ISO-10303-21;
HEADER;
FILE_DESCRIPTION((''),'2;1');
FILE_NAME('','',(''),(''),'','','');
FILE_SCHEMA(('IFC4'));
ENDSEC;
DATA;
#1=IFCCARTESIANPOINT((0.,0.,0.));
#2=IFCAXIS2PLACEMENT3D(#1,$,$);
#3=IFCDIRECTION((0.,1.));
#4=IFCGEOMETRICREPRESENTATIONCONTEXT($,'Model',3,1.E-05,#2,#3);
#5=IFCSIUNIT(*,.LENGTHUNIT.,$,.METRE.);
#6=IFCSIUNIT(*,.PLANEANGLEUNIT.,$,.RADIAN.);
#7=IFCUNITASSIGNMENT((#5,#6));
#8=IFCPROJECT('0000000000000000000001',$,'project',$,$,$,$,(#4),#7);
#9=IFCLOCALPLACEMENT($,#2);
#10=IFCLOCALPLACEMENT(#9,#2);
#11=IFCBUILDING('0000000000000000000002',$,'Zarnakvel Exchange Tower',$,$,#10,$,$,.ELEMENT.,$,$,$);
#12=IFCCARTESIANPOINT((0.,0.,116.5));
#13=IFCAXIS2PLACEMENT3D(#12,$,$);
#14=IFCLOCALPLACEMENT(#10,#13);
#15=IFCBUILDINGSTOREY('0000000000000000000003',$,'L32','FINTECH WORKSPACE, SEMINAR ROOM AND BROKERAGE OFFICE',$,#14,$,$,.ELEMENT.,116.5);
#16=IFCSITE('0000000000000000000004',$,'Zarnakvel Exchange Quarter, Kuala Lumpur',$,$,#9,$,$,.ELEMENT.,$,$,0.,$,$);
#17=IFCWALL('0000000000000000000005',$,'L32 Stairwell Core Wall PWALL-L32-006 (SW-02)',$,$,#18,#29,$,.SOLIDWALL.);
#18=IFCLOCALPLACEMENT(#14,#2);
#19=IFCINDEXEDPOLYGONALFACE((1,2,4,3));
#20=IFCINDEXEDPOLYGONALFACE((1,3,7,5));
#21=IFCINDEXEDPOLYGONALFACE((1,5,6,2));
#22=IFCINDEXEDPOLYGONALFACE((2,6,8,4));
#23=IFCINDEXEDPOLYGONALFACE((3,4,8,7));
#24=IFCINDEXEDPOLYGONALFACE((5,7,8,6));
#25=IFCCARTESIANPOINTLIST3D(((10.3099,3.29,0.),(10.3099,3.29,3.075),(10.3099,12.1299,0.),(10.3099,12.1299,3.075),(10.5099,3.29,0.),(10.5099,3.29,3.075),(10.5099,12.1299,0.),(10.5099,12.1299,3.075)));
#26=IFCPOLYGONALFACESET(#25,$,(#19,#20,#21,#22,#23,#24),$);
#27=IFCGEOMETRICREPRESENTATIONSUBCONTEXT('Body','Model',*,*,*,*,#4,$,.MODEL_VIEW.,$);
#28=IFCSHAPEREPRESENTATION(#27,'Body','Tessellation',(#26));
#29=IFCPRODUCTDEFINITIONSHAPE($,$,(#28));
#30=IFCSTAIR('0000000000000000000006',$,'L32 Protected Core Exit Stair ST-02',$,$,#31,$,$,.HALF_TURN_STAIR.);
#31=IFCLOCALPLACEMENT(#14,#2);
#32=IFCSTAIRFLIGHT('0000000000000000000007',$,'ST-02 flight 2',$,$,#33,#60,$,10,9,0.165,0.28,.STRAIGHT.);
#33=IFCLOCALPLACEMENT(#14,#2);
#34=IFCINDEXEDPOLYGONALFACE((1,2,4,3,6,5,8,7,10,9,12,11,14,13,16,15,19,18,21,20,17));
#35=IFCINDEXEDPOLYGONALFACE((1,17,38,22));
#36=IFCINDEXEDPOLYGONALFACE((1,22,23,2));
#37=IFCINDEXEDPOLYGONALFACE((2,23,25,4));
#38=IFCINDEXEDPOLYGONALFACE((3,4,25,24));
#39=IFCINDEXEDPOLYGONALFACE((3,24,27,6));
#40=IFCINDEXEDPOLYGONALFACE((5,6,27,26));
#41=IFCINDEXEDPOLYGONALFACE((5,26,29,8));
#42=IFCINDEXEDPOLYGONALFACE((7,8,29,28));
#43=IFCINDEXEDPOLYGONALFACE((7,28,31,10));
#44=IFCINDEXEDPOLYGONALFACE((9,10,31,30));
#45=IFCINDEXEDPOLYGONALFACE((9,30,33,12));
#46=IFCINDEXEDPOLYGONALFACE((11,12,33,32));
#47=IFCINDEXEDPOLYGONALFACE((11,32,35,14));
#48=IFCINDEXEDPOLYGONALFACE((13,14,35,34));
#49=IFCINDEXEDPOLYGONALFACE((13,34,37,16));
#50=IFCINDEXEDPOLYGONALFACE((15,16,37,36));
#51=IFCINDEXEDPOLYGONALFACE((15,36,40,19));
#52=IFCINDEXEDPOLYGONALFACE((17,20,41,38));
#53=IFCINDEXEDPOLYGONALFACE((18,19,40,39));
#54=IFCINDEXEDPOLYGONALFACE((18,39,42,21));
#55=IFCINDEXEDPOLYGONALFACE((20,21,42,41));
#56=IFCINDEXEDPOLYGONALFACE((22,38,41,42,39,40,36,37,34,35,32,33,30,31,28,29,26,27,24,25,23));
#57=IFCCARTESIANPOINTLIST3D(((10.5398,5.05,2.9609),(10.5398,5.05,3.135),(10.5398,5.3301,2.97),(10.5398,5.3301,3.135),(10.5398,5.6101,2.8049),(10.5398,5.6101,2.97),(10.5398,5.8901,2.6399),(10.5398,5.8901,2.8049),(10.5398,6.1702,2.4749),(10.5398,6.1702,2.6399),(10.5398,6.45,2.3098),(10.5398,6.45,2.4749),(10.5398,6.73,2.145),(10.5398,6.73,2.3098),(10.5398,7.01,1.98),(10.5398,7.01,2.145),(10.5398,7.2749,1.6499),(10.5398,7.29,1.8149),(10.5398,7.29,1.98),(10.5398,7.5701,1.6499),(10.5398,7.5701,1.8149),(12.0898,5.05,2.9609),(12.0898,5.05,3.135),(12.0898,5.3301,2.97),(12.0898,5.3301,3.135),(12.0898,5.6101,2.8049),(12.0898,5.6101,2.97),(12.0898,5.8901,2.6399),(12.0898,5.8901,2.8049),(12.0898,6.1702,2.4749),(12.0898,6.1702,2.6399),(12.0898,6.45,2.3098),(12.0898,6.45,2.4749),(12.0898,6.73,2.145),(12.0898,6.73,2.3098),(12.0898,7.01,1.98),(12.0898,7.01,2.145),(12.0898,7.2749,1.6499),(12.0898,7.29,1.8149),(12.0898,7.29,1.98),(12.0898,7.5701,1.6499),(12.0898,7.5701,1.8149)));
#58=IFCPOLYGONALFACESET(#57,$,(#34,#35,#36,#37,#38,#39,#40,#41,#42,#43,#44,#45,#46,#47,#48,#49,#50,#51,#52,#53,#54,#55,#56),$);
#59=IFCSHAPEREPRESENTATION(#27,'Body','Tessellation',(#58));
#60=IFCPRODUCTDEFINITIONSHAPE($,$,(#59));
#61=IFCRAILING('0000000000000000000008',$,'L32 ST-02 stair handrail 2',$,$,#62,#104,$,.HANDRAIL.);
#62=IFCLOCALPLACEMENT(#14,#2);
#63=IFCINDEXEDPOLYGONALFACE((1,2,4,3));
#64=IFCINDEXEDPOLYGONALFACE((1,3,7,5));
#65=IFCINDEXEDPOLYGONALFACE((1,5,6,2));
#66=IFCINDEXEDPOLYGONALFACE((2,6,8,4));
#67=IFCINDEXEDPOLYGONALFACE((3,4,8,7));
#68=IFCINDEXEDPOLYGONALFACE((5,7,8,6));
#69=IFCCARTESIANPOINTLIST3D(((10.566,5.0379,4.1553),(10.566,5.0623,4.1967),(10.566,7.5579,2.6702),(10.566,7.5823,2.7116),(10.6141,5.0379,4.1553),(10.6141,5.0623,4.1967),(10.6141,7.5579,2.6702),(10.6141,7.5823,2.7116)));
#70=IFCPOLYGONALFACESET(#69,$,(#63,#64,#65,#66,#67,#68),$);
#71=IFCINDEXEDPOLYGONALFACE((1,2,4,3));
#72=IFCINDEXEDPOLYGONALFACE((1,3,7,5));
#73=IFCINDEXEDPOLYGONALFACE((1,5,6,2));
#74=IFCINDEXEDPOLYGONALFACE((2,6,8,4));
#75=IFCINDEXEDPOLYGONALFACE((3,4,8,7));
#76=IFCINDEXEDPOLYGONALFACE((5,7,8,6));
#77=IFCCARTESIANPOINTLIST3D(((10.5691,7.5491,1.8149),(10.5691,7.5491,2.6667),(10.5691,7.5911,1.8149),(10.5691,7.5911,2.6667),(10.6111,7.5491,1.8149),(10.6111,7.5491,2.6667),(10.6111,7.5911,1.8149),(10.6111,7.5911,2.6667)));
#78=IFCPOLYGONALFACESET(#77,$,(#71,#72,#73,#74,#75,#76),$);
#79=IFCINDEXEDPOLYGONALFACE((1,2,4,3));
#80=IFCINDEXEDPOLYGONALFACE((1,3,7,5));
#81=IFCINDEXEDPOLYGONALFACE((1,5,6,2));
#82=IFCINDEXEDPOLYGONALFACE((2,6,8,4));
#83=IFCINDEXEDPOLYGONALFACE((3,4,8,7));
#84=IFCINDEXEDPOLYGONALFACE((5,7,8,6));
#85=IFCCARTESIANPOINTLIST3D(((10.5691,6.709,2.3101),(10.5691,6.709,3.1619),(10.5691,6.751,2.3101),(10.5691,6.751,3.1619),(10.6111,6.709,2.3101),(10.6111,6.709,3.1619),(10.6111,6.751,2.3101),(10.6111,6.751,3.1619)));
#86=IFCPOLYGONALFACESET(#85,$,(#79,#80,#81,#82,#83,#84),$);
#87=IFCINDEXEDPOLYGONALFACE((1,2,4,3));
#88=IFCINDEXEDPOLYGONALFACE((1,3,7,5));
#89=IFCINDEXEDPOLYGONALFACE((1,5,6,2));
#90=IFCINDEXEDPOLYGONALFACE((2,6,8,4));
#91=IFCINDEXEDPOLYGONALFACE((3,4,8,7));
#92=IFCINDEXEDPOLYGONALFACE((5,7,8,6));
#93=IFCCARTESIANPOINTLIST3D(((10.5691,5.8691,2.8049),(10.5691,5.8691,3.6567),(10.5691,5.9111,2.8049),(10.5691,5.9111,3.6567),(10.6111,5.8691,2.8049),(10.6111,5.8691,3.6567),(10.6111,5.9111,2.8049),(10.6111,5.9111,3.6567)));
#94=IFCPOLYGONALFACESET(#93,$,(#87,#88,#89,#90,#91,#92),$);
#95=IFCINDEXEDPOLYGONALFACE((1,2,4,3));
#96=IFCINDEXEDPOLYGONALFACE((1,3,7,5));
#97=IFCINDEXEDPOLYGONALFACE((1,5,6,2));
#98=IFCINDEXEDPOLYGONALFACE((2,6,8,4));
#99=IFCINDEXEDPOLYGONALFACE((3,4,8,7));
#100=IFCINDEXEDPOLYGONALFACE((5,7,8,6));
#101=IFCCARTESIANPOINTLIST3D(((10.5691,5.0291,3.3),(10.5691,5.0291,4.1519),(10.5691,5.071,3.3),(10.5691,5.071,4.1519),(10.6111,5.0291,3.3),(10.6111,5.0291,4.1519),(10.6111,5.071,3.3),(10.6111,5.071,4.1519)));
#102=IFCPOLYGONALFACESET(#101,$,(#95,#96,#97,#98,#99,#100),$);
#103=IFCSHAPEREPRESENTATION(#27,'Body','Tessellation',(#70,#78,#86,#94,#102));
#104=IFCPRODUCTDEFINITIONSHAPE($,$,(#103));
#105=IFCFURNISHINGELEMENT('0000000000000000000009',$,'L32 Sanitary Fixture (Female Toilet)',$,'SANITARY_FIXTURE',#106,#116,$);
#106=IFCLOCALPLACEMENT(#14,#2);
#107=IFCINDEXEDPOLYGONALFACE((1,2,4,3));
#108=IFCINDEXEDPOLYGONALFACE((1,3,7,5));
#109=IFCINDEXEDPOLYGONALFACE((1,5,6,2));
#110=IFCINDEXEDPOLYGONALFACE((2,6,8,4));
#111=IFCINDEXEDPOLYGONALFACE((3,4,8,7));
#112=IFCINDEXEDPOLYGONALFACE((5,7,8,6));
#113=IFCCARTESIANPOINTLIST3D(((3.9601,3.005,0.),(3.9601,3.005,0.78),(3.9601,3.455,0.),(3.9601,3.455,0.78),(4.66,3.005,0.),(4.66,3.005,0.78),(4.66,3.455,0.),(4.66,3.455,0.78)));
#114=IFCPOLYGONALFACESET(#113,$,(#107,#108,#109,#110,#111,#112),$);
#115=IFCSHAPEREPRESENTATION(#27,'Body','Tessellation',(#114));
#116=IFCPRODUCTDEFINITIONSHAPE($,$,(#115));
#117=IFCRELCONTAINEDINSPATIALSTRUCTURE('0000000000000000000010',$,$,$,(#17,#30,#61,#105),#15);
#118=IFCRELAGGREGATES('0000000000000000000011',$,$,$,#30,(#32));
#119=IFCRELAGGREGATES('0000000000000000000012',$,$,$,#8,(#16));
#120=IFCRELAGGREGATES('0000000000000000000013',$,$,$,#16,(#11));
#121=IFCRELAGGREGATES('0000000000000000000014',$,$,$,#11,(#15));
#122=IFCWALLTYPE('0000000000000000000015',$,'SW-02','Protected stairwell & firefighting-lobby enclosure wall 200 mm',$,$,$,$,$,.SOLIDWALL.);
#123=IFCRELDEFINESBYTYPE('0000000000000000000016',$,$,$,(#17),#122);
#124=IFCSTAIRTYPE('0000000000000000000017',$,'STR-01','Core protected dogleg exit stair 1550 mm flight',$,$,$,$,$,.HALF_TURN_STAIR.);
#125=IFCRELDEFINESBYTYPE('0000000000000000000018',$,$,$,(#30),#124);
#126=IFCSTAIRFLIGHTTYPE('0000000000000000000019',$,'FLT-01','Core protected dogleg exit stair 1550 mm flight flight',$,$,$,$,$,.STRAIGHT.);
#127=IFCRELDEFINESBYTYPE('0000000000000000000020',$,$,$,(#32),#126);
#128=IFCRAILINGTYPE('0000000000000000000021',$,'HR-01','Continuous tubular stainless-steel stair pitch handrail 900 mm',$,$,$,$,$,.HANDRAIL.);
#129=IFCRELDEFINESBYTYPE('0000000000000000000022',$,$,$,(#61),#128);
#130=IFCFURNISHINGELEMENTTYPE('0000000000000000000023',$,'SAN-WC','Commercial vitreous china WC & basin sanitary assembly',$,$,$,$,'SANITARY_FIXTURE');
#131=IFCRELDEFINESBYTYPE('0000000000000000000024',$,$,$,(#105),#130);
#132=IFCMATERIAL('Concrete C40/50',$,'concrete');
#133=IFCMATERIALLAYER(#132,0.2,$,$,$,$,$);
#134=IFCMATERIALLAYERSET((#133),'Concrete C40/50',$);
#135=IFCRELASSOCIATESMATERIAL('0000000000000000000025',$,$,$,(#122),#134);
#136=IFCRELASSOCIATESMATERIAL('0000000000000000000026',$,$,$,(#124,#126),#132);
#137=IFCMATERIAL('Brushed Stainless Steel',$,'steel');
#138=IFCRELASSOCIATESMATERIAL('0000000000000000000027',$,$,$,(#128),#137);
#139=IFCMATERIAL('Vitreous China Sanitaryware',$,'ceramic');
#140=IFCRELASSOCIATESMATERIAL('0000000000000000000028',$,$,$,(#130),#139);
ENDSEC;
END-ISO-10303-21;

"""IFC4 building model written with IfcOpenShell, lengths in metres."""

from ifc_helpers import new_model, si_unit, direction, frame, frame_2d, origin, origin_2d, place, context, subcontext, project, spatial, polyline, rectangle, outline, extrude, source, transform, mapped, material, layer, layer_set, type_object, element, aggregate, save


model = new_model("IFC4")

# Units and contexts
model_context = context("Model", 3, precision=1e-05, world=origin(), true_north=direction((0.0, 1.0)))
body_context = subcontext(model_context, "Body", "Model", "MODEL_VIEW")
ifc_project = project(units=[si_unit("LENGTHUNIT", "METRE"), si_unit("PLANEANGLEUNIT", "RADIAN")], contexts=[model_context])

# Site, building, storey
site_placement = place(None, origin())
site = spatial("IfcSite", under=ifc_project, at=site_placement, Name="Zarnakvel Exchange Quarter, Kuala Lumpur", CompositionType="ELEMENT", RefElevation=0.0)
building_placement = place(site_placement, origin())
building = spatial("IfcBuilding", under=site, at=building_placement, Name="Zarnakvel Exchange Tower", CompositionType="ELEMENT")
storey_placement = place(building_placement, frame((0.0, 0.0, 116.5)))
storey = spatial("IfcBuildingStorey", under=building, at=storey_placement, Name="L32", Description="FINTECH WORKSPACE, SEMINAR ROOM AND BROKERAGE OFFICE", CompositionType="ELEMENT", Elevation=116.5)

# Shared definitions
ifc_material_1 = material(Name="Concrete C40/50", Category="concrete")
ifc_material_2 = material(Name="Brushed Stainless Steel", Category="steel")

# Wall
ifc_layer_1 = layer(ifc_material_1, 0.2)
ifc_layer_set_1 = layer_set([ifc_layer_1], Name="Concrete C40/50")
wall_type_1 = type_object("IfcWallType", Name="SW-02", Description="Protected stairwell & firefighting-lobby enclosure wall 200 mm", PredefinedType="SOLIDWALL", material=ifc_layer_set_1)
wall_1_placement = place(storey_placement, frame((10.4099, 3.29, 0.0), z_axis=(0.0, 0.0, 1.0), x_axis=(0.0, 1.0, 0.0)))
element("IfcWall", 1, at=wall_1_placement, inside=storey, type_object=wall_type_1, Name="L32 Stairwell Core Wall PWALL-L32-006 (SW-02)", PredefinedType="SOLIDWALL", context=body_context, shape_type="SweptSolid", body=[
    extrude(rectangle(XDim=8.8398, YDim=0.2, at=frame_2d((4.4199, 0.0))), origin(), (0.0, 0.0, 1.0), 3.075),
])

# Stair, stair flight
stair_type = type_object("IfcStairType", Name="STR-01", Description="Core protected dogleg exit stair 1550 mm flight", PredefinedType="HALF_TURN_STAIR", material=ifc_material_1)
stair_placement = place(storey_placement, origin())
stair = element("IfcStair", 2, at=stair_placement, inside=storey, type_object=stair_type, Name="L32 Protected Core Exit Stair ST-02", PredefinedType="HALF_TURN_STAIR")
stair_flight_type = type_object("IfcStairFlightType", Name="FLT-01", Description="Core protected dogleg exit stair 1550 mm flight flight", PredefinedType="STRAIGHT", material=ifc_material_1)
stair_flight_placement = place(storey_placement, frame((11.3149, 7.5701, 1.6499), z_axis=(0.0, 0.0, 1.0), x_axis=(0.0, -1.0, 0.0)))
stair_flight = element("IfcStairFlight", 3, at=stair_flight_placement, type_object=stair_flight_type, Name="ST-02 flight 2", NumberOfRisers=10, NumberOfTreads=9, PredefinedType="STRAIGHT", RiserHeight=0.165, TreadLength=0.28, context=body_context, shape_type="SweptSolid", body=[
    extrude(outline(polyline([(0.0, 0.0), (0.0, 0.165), (0.28, 0.165), (0.28, 0.3301), (0.5601, 0.3301), (0.5601, 0.4951), (0.8401, 0.4951), (0.8401, 0.6599), (1.1201, 0.6599), (1.1201, 0.825), (1.3999, 0.825), (1.3999, 0.99), (1.6799, 0.99), (1.6799, 1.155), (1.96, 1.155), (1.96, 1.3201), (2.24, 1.3201), (2.24, 1.4851), (2.52, 1.4851), (2.52, 1.6499), (2.52, 1.311), (0.2952, 0.0), (0.0, 0.0)])), frame((0.0, 0.7749, 0.0), z_axis=(0.0, -1.0, 0.0), x_axis=(1.0, 0.0, 0.0)), (0.0, 0.0, 1.0), 1.55),
])
aggregate(stair, [stair_flight])

# Railing
railing_type = type_object("IfcRailingType", Name="HR-01", Description="Continuous tubular stainless-steel stair pitch handrail 900 mm", PredefinedType="HANDRAIL", material=ifc_material_2)
railing_placement = place(storey_placement, frame((10.5901, 7.5701, 1.8149)))
element("IfcRailing", 4, at=railing_placement, inside=storey, type_object=railing_type, Name="L32 ST-02 stair handrail 2", PredefinedType="HANDRAIL", context=body_context, shape_type="SweptSolid", body=[
    extrude(rectangle(XDim=0.0481, YDim=0.0481, at=origin_2d()), frame((0.0, 0.0, 0.876), z_axis=(0.0, -0.861524, 0.507717), x_axis=(1.0, 0.0, 0.0)), (0.0, 0.0, 1.0), 2.925),
    extrude(rectangle(XDim=0.042, YDim=0.042, at=origin_2d()), origin(), (0.0, 0.0, 1.0), 0.8518),
    extrude(rectangle(XDim=0.042, YDim=0.042, at=origin_2d()), frame((0.0, -0.8401, 0.4951)), (0.0, 0.0, 1.0), 0.8518),
    extrude(rectangle(XDim=0.042, YDim=0.042, at=origin_2d()), frame((0.0, -1.6799, 0.99)), (0.0, 0.0, 1.0), 0.8518),
    extrude(rectangle(XDim=0.042, YDim=0.042, at=origin_2d()), frame((0.0, -2.52, 1.4851)), (0.0, 0.0, 1.0), 0.8518),
])

# Furnishing element
ifc_material_3 = material(Name="Vitreous China Sanitaryware", Category="ceramic")
furnishing_element_type = type_object("IfcFurnishingElementType", Name="SAN-WC", Description="Commercial vitreous china WC & basin sanitary assembly", ElementType="SANITARY_FIXTURE", material=ifc_material_3)
shared_shape_1 = source(origin(), body_context, "Body", "SweptSolid", [
    extrude(rectangle(XDim=0.7, YDim=0.45, at=origin_2d()), origin(), (0.0, 0.0, 1.0), 0.78),
])
furnishing_placement = place(storey_placement, frame((4.3101, 3.23, 0.0), z_axis=(0.0, 0.0, 1.0), x_axis=(1.0, 0.0, 0.0)))
element("IfcFurnishingElement", 5, at=furnishing_placement, inside=storey, type_object=furnishing_element_type, Name="L32 Sanitary Fixture (Female Toilet)", ObjectType="SANITARY_FIXTURE", context=body_context, shape_type="MappedRepresentation", body=[
    mapped(shared_shape_1, transform((0.0, 0.0, 0.0), x_axis=(1.0, 0.0, 0.0), y_axis=(0.0, 1.0, 0.0), z_axis=(0.0, 0.0, 1.0), scale=1.0)),
])

save(model, "model.ifc")
